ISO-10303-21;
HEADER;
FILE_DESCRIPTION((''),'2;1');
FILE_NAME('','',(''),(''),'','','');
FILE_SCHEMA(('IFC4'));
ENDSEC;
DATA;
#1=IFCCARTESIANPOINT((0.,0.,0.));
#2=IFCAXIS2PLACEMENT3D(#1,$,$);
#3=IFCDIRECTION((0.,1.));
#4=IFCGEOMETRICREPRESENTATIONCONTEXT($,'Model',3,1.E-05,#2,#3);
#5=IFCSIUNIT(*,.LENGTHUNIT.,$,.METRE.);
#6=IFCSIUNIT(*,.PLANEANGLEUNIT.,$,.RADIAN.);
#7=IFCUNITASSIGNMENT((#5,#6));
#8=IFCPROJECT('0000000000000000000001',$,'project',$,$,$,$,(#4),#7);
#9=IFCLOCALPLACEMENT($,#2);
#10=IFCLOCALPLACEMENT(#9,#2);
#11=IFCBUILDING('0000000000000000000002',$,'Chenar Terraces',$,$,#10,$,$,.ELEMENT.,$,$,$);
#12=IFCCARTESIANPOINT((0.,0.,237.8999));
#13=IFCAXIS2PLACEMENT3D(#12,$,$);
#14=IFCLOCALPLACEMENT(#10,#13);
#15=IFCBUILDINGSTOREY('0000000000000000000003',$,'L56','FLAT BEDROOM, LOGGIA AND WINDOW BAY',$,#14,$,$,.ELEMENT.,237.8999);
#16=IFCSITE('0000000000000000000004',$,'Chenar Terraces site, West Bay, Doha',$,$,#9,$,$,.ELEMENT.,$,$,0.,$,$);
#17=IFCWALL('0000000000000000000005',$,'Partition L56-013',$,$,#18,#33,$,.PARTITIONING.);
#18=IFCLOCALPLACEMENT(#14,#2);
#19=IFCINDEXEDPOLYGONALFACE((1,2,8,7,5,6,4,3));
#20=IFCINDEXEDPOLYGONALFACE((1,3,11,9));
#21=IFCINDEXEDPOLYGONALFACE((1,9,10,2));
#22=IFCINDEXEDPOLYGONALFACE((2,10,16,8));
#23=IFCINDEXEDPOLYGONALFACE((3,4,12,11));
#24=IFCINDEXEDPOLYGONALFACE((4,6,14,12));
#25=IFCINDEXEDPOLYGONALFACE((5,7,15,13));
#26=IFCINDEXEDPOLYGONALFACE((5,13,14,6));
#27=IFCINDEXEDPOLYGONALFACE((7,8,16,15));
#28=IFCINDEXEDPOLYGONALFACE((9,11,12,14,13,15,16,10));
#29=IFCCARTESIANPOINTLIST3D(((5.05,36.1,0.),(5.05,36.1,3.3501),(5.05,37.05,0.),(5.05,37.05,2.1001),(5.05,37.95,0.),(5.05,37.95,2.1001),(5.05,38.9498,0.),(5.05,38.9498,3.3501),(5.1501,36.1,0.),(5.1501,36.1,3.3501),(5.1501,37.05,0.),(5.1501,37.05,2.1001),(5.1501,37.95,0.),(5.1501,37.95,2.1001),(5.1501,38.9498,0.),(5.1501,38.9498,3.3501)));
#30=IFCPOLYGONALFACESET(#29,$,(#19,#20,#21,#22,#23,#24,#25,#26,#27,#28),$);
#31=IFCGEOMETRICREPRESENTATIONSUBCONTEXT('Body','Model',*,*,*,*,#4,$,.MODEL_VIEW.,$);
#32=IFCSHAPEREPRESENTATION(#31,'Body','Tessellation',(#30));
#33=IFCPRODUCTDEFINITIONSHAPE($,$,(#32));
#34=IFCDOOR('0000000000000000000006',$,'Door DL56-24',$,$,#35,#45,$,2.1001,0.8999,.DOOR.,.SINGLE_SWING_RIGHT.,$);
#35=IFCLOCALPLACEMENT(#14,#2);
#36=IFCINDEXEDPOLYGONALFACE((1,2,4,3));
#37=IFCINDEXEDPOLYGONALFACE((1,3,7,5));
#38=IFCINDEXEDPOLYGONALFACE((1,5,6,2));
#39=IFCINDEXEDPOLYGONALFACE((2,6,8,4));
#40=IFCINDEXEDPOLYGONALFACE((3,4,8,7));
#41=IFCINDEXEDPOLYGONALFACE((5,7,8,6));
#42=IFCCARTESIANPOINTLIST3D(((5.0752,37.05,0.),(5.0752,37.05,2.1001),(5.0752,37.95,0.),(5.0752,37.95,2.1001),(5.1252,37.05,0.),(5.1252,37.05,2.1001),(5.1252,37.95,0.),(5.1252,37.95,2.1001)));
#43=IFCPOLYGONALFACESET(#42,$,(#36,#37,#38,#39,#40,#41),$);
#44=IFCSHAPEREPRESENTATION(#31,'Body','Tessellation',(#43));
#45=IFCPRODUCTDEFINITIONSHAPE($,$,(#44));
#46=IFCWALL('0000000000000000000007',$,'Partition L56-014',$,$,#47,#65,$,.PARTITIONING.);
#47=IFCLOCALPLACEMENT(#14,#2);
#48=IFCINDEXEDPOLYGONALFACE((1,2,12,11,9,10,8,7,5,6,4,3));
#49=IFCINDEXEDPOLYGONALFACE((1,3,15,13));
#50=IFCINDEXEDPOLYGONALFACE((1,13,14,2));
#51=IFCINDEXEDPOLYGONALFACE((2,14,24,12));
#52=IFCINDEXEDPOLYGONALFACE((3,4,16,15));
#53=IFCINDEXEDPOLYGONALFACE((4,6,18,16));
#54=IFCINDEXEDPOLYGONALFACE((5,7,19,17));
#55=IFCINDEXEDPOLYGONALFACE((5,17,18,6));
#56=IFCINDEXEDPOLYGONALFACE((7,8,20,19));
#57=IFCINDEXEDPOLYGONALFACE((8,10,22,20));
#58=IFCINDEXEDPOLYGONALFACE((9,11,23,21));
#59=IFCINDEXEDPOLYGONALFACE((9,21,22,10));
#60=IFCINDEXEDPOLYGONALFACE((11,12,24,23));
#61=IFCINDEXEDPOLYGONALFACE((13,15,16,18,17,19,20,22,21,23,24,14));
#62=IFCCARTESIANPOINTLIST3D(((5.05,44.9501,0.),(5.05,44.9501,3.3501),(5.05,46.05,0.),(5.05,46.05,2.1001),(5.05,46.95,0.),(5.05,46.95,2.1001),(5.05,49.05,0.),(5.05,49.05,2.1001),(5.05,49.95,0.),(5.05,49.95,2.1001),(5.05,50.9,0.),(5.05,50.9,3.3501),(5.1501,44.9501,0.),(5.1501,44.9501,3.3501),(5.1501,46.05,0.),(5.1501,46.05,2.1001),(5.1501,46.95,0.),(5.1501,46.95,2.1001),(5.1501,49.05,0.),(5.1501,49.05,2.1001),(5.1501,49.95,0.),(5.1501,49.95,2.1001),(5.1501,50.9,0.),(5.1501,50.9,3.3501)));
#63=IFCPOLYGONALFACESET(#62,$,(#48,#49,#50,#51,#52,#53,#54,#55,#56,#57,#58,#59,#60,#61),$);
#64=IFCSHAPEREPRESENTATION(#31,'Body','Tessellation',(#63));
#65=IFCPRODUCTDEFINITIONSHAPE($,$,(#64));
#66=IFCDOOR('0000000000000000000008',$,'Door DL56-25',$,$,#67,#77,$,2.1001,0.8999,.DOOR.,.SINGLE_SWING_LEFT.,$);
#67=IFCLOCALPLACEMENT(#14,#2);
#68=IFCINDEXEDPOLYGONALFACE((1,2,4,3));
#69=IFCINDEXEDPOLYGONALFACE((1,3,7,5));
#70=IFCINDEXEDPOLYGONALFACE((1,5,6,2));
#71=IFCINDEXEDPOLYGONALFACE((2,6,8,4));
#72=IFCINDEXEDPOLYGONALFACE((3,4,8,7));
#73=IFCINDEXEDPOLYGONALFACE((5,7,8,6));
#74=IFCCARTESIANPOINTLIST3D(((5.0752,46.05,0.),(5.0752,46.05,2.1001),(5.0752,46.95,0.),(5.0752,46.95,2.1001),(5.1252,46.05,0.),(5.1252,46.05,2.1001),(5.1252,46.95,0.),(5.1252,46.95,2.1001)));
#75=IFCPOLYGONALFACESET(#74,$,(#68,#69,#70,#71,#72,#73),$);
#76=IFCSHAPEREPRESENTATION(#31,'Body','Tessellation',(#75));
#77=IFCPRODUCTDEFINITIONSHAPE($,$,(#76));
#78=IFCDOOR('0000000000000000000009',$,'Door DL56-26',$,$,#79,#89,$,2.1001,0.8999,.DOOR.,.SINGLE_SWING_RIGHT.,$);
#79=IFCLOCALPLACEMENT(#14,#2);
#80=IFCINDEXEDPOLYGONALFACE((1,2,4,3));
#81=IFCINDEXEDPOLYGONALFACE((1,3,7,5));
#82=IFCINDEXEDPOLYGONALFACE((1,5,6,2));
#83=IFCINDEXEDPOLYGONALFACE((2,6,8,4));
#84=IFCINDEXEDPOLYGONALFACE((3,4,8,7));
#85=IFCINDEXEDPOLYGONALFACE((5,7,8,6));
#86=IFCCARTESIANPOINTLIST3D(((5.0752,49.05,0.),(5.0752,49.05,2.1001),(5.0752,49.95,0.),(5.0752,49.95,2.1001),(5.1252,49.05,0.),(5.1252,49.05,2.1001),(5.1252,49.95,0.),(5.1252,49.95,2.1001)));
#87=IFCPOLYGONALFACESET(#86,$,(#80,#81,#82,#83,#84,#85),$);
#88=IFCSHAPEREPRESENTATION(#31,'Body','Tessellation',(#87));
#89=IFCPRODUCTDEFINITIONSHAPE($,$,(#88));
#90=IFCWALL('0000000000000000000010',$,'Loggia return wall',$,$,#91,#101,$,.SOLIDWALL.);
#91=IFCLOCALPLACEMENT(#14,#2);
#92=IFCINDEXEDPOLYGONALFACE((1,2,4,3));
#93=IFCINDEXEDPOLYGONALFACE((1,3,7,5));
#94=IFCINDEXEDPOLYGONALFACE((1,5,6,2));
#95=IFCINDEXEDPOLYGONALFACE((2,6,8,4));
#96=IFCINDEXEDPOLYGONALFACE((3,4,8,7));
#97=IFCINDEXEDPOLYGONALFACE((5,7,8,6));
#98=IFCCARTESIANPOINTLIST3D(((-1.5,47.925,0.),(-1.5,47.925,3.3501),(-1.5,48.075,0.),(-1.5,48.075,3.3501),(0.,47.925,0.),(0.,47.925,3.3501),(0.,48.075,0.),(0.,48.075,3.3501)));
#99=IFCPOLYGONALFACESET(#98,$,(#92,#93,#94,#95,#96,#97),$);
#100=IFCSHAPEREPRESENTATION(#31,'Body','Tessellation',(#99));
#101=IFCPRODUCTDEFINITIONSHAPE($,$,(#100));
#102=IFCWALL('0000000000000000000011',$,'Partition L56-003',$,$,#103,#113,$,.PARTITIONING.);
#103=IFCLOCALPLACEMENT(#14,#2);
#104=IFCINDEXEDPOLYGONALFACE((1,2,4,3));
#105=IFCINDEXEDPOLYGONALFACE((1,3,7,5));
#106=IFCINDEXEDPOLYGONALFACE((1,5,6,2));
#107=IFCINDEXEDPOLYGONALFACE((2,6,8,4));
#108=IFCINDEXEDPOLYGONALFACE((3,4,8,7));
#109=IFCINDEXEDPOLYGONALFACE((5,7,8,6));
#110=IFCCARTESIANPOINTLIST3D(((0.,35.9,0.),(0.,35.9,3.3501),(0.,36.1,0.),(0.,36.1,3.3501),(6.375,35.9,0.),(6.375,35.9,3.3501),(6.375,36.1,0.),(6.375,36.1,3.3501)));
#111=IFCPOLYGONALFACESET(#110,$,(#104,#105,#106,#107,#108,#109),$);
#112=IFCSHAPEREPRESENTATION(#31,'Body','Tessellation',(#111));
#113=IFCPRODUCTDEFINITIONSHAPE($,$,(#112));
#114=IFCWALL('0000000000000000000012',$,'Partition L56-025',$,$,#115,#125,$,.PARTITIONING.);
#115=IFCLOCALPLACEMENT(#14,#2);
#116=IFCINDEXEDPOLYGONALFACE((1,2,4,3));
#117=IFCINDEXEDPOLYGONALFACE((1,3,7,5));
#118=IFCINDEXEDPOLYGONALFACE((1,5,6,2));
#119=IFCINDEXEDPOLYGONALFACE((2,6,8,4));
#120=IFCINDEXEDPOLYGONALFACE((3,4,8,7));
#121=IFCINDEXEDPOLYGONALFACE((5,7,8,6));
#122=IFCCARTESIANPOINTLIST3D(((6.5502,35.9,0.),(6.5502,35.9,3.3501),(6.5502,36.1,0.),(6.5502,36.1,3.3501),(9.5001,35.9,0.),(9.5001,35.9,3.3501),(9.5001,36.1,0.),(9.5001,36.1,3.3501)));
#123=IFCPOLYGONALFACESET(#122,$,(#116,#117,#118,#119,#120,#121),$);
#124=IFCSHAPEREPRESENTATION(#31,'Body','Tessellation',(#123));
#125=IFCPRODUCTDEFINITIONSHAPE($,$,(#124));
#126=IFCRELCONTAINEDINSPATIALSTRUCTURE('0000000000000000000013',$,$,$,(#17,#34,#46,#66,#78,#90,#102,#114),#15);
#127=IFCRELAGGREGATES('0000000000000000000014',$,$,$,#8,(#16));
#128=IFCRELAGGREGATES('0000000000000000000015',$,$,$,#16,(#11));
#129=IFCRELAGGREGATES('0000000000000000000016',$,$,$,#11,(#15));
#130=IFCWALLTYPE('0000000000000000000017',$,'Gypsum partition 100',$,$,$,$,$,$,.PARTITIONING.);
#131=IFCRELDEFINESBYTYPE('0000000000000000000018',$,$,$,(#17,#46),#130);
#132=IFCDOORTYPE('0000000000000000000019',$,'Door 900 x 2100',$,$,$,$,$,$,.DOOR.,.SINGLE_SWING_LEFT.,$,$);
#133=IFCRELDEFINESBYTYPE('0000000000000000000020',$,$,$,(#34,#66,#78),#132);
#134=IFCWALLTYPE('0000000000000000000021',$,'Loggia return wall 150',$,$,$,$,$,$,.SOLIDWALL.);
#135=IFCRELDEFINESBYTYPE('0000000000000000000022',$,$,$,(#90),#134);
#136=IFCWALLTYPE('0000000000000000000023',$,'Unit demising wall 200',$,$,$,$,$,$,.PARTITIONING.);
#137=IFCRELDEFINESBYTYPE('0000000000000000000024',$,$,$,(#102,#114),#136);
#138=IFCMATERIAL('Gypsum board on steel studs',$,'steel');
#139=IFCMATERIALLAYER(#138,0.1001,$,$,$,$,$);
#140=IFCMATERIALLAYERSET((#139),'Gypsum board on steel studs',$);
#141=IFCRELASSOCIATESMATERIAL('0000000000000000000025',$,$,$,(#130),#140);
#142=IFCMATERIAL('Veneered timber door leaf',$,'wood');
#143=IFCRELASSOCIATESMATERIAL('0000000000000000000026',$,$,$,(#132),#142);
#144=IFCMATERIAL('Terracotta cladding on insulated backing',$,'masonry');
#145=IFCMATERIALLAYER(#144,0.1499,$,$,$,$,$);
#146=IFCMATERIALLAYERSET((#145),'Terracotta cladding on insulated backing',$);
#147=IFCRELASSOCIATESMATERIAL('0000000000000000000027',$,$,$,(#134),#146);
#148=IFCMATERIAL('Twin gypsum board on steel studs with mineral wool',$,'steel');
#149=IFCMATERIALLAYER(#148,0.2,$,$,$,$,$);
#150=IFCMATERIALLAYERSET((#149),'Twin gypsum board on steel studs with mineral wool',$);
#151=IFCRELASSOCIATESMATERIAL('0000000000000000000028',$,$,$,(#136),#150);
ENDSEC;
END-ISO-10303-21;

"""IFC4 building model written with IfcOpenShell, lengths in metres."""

from ifc_helpers import new_model, si_unit, direction, frame, frame_2d, origin, place, context, subcontext, project, spatial, rectangle, extrude, material, layer, layer_set, type_object, element, fill, save


model = new_model("IFC4")

# Units and contexts
model_context = context("Model", 3, precision=1e-05, world=origin(), true_north=direction((0.0, 1.0)))
body_context = subcontext(model_context, "Body", "Model", "MODEL_VIEW")
ifc_project = project(units=[si_unit("LENGTHUNIT", "METRE"), si_unit("PLANEANGLEUNIT", "RADIAN")], contexts=[model_context])

# Site, building, storey
site_placement = place(None, origin())
site = spatial("IfcSite", under=ifc_project, at=site_placement, Name="Chenar Terraces site, West Bay, Doha", CompositionType="ELEMENT", RefElevation=0.0)
building_placement = place(site_placement, origin())
building = spatial("IfcBuilding", under=site, at=building_placement, Name="Chenar Terraces", CompositionType="ELEMENT")
storey_placement = place(building_placement, frame((0.0, 0.0, 237.8999)))
storey = spatial("IfcBuildingStorey", under=building, at=storey_placement, Name="L56", Description="FLAT BEDROOM, LOGGIA AND WINDOW BAY", CompositionType="ELEMENT", Elevation=237.8999)

# Shared definitions
ifc_material_1 = material(Name="Gypsum board on steel studs", Category="steel")
ifc_layer_1 = layer(ifc_material_1, 0.1001)
ifc_layer_set_1 = layer_set([ifc_layer_1], Name="Gypsum board on steel studs")
wall_type_1 = type_object("IfcWallType", Name="Gypsum partition 100", PredefinedType="PARTITIONING", material=ifc_layer_set_1)

# Wall, opening, door
wall_1_placement = place(storey_placement, frame((5.1001, 36.1001, 0.0), z_axis=(0.0, 0.0, 1.0), x_axis=(0.0, 1.0, 0.0)))
wall_1 = element("IfcWall", 1, at=wall_1_placement, inside=storey, type_object=wall_type_1, Name="Partition L56-013", PredefinedType="PARTITIONING", context=body_context, shape_type="SweptSolid", body=[
    extrude(rectangle(XDim=2.8499, YDim=0.1001, at=frame_2d((1.4248, 0.0))), origin(), (0.0, 0.0, 1.0), 3.3501),
])
opening_1_placement = place(wall_1_placement, frame((0.95, 0.0, 0.0)))
opening_1 = element("IfcOpeningElement", 2, at=opening_1_placement, cuts=wall_1, PredefinedType="OPENING", context=body_context, shape_type="SweptSolid", body=[
    extrude(rectangle(XDim=0.8999, YDim=2.1001, at=frame_2d((0.45, 1.05))), frame((0.0, 0.0601, 0.0), z_axis=(0.0, -1.0, 0.0), x_axis=(1.0, 0.0, 0.0)), (0.0, 0.0, 1.0), 0.1201),
])
ifc_material_2 = material(Name="Veneered timber door leaf", Category="wood")
door_type_1 = type_object("IfcDoorType", Name="Door 900 x 2100", OperationType="SINGLE_SWING_LEFT", PredefinedType="DOOR", material=ifc_material_2)
door_1_placement = place(opening_1_placement, origin())
door_1 = element("IfcDoor", 3, at=door_1_placement, inside=storey, type_object=door_type_1, Name="Door DL56-24", OperationType="SINGLE_SWING_RIGHT", OverallHeight=2.1001, OverallWidth=0.8999, PredefinedType="DOOR", context=body_context, shape_type="SweptSolid", body=[
    extrude(rectangle(XDim=0.8999, YDim=2.1001, at=frame_2d((0.45, 1.05))), frame((0.0, 0.0249, 0.0), z_axis=(0.0, -1.0, 0.0), x_axis=(1.0, 0.0, 0.0)), (0.0, 0.0, 1.0), 0.05),
])
fill(opening_1, door_1)

# Wall, openings, doors
wall_2_placement = place(storey_placement, frame((5.1001, 44.95, 0.0), z_axis=(0.0, 0.0, 1.0), x_axis=(0.0, 1.0, 0.0)))
wall_2 = element("IfcWall", 4, at=wall_2_placement, inside=storey, type_object=wall_type_1, Name="Partition L56-014", PredefinedType="PARTITIONING", context=body_context, shape_type="SweptSolid", body=[
    extrude(rectangle(XDim=5.95, YDim=0.1001, at=frame_2d((2.9751, 0.0))), origin(), (0.0, 0.0, 1.0), 3.3501),
])
opening_2_placement = place(wall_2_placement, frame((1.1001, 0.0, 0.0)))
opening_2 = element("IfcOpeningElement", 5, at=opening_2_placement, cuts=wall_2, PredefinedType="OPENING", context=body_context, shape_type="SweptSolid", body=[
    extrude(rectangle(XDim=0.8999, YDim=2.1001, at=frame_2d((0.45, 1.05))), frame((0.0, 0.0601, 0.0), z_axis=(0.0, -1.0, 0.0), x_axis=(1.0, 0.0, 0.0)), (0.0, 0.0, 1.0), 0.1201),
])
opening_3_placement = place(wall_2_placement, frame((4.1001, 0.0, 0.0)))
opening_3 = element("IfcOpeningElement", 6, at=opening_3_placement, cuts=wall_2, PredefinedType="OPENING", context=body_context, shape_type="SweptSolid", body=[
    extrude(rectangle(XDim=0.8999, YDim=2.1001, at=frame_2d((0.45, 1.05))), frame((0.0, 0.0601, 0.0), z_axis=(0.0, -1.0, 0.0), x_axis=(1.0, 0.0, 0.0)), (0.0, 0.0, 1.0), 0.1201),
])
door_2_placement = place(opening_2_placement, origin())
door_2 = element("IfcDoor", 7, at=door_2_placement, inside=storey, type_object=door_type_1, Name="Door DL56-25", OperationType="SINGLE_SWING_LEFT", OverallHeight=2.1001, OverallWidth=0.8999, PredefinedType="DOOR", context=body_context, shape_type="SweptSolid", body=[
    extrude(rectangle(XDim=0.8999, YDim=2.1001, at=frame_2d((0.45, 1.05))), frame((0.0, 0.0249, 0.0), z_axis=(0.0, -1.0, 0.0), x_axis=(1.0, 0.0, 0.0)), (0.0, 0.0, 1.0), 0.05),
])
fill(opening_2, door_2)
door_3_placement = place(opening_3_placement, origin())
door_3 = element("IfcDoor", 8, at=door_3_placement, inside=storey, type_object=door_type_1, Name="Door DL56-26", OperationType="SINGLE_SWING_RIGHT", OverallHeight=2.1001, OverallWidth=0.8999, PredefinedType="DOOR", context=body_context, shape_type="SweptSolid", body=[
    extrude(rectangle(XDim=0.8999, YDim=2.1001, at=frame_2d((0.45, 1.05))), frame((0.0, 0.0249, 0.0), z_axis=(0.0, -1.0, 0.0), x_axis=(1.0, 0.0, 0.0)), (0.0, 0.0, 1.0), 0.05),
])
fill(opening_3, door_3)

# Walls
ifc_material_3 = material(Name="Terracotta cladding on insulated backing", Category="masonry")
ifc_layer_2 = layer(ifc_material_3, 0.1499)
ifc_layer_set_2 = layer_set([ifc_layer_2], Name="Terracotta cladding on insulated backing")
wall_type_2 = type_object("IfcWallType", Name="Loggia return wall 150", PredefinedType="SOLIDWALL", material=ifc_layer_set_2)
wall_3_placement = place(storey_placement, frame((-1.5, 48.0, 0.0), z_axis=(0.0, 0.0, 1.0), x_axis=(1.0, 0.0, 0.0)))
element("IfcWall", 9, at=wall_3_placement, inside=storey, type_object=wall_type_2, Name="Loggia return wall", PredefinedType="SOLIDWALL", context=body_context, shape_type="SweptSolid", body=[
    extrude(rectangle(XDim=1.5, YDim=0.1499, at=frame_2d((0.75, 0.0))), origin(), (0.0, 0.0, 1.0), 3.3501),
])
ifc_material_4 = material(Name="Twin gypsum board on steel studs with mineral wool", Category="steel")
ifc_layer_3 = layer(ifc_material_4, 0.2)
ifc_layer_set_3 = layer_set([ifc_layer_3], Name="Twin gypsum board on steel studs with mineral wool")
wall_type_3 = type_object("IfcWallType", Name="Unit demising wall 200", PredefinedType="PARTITIONING", material=ifc_layer_set_3)
wall_4_placement = place(storey_placement, frame((0.0, 36.0, 0.0), z_axis=(0.0, 0.0, 1.0), x_axis=(1.0, 0.0, 0.0)))
element("IfcWall", 10, at=wall_4_placement, inside=storey, type_object=wall_type_3, Name="Partition L56-003", PredefinedType="PARTITIONING", context=body_context, shape_type="SweptSolid", body=[
    extrude(rectangle(XDim=6.375, YDim=0.2, at=frame_2d((3.1875, 0.0))), origin(), (0.0, 0.0, 1.0), 3.3501),
])
wall_5_placement = place(storey_placement, frame((6.55, 36.0, 0.0), z_axis=(0.0, 0.0, 1.0), x_axis=(1.0, 0.0, 0.0)))
element("IfcWall", 11, at=wall_5_placement, inside=storey, type_object=wall_type_3, Name="Partition L56-025", PredefinedType="PARTITIONING", context=body_context, shape_type="SweptSolid", body=[
    extrude(rectangle(XDim=2.95, YDim=0.2, at=frame_2d((1.4751, 0.0))), origin(), (0.0, 0.0, 1.0), 3.3501),
])

save(model, "model.ifc")
